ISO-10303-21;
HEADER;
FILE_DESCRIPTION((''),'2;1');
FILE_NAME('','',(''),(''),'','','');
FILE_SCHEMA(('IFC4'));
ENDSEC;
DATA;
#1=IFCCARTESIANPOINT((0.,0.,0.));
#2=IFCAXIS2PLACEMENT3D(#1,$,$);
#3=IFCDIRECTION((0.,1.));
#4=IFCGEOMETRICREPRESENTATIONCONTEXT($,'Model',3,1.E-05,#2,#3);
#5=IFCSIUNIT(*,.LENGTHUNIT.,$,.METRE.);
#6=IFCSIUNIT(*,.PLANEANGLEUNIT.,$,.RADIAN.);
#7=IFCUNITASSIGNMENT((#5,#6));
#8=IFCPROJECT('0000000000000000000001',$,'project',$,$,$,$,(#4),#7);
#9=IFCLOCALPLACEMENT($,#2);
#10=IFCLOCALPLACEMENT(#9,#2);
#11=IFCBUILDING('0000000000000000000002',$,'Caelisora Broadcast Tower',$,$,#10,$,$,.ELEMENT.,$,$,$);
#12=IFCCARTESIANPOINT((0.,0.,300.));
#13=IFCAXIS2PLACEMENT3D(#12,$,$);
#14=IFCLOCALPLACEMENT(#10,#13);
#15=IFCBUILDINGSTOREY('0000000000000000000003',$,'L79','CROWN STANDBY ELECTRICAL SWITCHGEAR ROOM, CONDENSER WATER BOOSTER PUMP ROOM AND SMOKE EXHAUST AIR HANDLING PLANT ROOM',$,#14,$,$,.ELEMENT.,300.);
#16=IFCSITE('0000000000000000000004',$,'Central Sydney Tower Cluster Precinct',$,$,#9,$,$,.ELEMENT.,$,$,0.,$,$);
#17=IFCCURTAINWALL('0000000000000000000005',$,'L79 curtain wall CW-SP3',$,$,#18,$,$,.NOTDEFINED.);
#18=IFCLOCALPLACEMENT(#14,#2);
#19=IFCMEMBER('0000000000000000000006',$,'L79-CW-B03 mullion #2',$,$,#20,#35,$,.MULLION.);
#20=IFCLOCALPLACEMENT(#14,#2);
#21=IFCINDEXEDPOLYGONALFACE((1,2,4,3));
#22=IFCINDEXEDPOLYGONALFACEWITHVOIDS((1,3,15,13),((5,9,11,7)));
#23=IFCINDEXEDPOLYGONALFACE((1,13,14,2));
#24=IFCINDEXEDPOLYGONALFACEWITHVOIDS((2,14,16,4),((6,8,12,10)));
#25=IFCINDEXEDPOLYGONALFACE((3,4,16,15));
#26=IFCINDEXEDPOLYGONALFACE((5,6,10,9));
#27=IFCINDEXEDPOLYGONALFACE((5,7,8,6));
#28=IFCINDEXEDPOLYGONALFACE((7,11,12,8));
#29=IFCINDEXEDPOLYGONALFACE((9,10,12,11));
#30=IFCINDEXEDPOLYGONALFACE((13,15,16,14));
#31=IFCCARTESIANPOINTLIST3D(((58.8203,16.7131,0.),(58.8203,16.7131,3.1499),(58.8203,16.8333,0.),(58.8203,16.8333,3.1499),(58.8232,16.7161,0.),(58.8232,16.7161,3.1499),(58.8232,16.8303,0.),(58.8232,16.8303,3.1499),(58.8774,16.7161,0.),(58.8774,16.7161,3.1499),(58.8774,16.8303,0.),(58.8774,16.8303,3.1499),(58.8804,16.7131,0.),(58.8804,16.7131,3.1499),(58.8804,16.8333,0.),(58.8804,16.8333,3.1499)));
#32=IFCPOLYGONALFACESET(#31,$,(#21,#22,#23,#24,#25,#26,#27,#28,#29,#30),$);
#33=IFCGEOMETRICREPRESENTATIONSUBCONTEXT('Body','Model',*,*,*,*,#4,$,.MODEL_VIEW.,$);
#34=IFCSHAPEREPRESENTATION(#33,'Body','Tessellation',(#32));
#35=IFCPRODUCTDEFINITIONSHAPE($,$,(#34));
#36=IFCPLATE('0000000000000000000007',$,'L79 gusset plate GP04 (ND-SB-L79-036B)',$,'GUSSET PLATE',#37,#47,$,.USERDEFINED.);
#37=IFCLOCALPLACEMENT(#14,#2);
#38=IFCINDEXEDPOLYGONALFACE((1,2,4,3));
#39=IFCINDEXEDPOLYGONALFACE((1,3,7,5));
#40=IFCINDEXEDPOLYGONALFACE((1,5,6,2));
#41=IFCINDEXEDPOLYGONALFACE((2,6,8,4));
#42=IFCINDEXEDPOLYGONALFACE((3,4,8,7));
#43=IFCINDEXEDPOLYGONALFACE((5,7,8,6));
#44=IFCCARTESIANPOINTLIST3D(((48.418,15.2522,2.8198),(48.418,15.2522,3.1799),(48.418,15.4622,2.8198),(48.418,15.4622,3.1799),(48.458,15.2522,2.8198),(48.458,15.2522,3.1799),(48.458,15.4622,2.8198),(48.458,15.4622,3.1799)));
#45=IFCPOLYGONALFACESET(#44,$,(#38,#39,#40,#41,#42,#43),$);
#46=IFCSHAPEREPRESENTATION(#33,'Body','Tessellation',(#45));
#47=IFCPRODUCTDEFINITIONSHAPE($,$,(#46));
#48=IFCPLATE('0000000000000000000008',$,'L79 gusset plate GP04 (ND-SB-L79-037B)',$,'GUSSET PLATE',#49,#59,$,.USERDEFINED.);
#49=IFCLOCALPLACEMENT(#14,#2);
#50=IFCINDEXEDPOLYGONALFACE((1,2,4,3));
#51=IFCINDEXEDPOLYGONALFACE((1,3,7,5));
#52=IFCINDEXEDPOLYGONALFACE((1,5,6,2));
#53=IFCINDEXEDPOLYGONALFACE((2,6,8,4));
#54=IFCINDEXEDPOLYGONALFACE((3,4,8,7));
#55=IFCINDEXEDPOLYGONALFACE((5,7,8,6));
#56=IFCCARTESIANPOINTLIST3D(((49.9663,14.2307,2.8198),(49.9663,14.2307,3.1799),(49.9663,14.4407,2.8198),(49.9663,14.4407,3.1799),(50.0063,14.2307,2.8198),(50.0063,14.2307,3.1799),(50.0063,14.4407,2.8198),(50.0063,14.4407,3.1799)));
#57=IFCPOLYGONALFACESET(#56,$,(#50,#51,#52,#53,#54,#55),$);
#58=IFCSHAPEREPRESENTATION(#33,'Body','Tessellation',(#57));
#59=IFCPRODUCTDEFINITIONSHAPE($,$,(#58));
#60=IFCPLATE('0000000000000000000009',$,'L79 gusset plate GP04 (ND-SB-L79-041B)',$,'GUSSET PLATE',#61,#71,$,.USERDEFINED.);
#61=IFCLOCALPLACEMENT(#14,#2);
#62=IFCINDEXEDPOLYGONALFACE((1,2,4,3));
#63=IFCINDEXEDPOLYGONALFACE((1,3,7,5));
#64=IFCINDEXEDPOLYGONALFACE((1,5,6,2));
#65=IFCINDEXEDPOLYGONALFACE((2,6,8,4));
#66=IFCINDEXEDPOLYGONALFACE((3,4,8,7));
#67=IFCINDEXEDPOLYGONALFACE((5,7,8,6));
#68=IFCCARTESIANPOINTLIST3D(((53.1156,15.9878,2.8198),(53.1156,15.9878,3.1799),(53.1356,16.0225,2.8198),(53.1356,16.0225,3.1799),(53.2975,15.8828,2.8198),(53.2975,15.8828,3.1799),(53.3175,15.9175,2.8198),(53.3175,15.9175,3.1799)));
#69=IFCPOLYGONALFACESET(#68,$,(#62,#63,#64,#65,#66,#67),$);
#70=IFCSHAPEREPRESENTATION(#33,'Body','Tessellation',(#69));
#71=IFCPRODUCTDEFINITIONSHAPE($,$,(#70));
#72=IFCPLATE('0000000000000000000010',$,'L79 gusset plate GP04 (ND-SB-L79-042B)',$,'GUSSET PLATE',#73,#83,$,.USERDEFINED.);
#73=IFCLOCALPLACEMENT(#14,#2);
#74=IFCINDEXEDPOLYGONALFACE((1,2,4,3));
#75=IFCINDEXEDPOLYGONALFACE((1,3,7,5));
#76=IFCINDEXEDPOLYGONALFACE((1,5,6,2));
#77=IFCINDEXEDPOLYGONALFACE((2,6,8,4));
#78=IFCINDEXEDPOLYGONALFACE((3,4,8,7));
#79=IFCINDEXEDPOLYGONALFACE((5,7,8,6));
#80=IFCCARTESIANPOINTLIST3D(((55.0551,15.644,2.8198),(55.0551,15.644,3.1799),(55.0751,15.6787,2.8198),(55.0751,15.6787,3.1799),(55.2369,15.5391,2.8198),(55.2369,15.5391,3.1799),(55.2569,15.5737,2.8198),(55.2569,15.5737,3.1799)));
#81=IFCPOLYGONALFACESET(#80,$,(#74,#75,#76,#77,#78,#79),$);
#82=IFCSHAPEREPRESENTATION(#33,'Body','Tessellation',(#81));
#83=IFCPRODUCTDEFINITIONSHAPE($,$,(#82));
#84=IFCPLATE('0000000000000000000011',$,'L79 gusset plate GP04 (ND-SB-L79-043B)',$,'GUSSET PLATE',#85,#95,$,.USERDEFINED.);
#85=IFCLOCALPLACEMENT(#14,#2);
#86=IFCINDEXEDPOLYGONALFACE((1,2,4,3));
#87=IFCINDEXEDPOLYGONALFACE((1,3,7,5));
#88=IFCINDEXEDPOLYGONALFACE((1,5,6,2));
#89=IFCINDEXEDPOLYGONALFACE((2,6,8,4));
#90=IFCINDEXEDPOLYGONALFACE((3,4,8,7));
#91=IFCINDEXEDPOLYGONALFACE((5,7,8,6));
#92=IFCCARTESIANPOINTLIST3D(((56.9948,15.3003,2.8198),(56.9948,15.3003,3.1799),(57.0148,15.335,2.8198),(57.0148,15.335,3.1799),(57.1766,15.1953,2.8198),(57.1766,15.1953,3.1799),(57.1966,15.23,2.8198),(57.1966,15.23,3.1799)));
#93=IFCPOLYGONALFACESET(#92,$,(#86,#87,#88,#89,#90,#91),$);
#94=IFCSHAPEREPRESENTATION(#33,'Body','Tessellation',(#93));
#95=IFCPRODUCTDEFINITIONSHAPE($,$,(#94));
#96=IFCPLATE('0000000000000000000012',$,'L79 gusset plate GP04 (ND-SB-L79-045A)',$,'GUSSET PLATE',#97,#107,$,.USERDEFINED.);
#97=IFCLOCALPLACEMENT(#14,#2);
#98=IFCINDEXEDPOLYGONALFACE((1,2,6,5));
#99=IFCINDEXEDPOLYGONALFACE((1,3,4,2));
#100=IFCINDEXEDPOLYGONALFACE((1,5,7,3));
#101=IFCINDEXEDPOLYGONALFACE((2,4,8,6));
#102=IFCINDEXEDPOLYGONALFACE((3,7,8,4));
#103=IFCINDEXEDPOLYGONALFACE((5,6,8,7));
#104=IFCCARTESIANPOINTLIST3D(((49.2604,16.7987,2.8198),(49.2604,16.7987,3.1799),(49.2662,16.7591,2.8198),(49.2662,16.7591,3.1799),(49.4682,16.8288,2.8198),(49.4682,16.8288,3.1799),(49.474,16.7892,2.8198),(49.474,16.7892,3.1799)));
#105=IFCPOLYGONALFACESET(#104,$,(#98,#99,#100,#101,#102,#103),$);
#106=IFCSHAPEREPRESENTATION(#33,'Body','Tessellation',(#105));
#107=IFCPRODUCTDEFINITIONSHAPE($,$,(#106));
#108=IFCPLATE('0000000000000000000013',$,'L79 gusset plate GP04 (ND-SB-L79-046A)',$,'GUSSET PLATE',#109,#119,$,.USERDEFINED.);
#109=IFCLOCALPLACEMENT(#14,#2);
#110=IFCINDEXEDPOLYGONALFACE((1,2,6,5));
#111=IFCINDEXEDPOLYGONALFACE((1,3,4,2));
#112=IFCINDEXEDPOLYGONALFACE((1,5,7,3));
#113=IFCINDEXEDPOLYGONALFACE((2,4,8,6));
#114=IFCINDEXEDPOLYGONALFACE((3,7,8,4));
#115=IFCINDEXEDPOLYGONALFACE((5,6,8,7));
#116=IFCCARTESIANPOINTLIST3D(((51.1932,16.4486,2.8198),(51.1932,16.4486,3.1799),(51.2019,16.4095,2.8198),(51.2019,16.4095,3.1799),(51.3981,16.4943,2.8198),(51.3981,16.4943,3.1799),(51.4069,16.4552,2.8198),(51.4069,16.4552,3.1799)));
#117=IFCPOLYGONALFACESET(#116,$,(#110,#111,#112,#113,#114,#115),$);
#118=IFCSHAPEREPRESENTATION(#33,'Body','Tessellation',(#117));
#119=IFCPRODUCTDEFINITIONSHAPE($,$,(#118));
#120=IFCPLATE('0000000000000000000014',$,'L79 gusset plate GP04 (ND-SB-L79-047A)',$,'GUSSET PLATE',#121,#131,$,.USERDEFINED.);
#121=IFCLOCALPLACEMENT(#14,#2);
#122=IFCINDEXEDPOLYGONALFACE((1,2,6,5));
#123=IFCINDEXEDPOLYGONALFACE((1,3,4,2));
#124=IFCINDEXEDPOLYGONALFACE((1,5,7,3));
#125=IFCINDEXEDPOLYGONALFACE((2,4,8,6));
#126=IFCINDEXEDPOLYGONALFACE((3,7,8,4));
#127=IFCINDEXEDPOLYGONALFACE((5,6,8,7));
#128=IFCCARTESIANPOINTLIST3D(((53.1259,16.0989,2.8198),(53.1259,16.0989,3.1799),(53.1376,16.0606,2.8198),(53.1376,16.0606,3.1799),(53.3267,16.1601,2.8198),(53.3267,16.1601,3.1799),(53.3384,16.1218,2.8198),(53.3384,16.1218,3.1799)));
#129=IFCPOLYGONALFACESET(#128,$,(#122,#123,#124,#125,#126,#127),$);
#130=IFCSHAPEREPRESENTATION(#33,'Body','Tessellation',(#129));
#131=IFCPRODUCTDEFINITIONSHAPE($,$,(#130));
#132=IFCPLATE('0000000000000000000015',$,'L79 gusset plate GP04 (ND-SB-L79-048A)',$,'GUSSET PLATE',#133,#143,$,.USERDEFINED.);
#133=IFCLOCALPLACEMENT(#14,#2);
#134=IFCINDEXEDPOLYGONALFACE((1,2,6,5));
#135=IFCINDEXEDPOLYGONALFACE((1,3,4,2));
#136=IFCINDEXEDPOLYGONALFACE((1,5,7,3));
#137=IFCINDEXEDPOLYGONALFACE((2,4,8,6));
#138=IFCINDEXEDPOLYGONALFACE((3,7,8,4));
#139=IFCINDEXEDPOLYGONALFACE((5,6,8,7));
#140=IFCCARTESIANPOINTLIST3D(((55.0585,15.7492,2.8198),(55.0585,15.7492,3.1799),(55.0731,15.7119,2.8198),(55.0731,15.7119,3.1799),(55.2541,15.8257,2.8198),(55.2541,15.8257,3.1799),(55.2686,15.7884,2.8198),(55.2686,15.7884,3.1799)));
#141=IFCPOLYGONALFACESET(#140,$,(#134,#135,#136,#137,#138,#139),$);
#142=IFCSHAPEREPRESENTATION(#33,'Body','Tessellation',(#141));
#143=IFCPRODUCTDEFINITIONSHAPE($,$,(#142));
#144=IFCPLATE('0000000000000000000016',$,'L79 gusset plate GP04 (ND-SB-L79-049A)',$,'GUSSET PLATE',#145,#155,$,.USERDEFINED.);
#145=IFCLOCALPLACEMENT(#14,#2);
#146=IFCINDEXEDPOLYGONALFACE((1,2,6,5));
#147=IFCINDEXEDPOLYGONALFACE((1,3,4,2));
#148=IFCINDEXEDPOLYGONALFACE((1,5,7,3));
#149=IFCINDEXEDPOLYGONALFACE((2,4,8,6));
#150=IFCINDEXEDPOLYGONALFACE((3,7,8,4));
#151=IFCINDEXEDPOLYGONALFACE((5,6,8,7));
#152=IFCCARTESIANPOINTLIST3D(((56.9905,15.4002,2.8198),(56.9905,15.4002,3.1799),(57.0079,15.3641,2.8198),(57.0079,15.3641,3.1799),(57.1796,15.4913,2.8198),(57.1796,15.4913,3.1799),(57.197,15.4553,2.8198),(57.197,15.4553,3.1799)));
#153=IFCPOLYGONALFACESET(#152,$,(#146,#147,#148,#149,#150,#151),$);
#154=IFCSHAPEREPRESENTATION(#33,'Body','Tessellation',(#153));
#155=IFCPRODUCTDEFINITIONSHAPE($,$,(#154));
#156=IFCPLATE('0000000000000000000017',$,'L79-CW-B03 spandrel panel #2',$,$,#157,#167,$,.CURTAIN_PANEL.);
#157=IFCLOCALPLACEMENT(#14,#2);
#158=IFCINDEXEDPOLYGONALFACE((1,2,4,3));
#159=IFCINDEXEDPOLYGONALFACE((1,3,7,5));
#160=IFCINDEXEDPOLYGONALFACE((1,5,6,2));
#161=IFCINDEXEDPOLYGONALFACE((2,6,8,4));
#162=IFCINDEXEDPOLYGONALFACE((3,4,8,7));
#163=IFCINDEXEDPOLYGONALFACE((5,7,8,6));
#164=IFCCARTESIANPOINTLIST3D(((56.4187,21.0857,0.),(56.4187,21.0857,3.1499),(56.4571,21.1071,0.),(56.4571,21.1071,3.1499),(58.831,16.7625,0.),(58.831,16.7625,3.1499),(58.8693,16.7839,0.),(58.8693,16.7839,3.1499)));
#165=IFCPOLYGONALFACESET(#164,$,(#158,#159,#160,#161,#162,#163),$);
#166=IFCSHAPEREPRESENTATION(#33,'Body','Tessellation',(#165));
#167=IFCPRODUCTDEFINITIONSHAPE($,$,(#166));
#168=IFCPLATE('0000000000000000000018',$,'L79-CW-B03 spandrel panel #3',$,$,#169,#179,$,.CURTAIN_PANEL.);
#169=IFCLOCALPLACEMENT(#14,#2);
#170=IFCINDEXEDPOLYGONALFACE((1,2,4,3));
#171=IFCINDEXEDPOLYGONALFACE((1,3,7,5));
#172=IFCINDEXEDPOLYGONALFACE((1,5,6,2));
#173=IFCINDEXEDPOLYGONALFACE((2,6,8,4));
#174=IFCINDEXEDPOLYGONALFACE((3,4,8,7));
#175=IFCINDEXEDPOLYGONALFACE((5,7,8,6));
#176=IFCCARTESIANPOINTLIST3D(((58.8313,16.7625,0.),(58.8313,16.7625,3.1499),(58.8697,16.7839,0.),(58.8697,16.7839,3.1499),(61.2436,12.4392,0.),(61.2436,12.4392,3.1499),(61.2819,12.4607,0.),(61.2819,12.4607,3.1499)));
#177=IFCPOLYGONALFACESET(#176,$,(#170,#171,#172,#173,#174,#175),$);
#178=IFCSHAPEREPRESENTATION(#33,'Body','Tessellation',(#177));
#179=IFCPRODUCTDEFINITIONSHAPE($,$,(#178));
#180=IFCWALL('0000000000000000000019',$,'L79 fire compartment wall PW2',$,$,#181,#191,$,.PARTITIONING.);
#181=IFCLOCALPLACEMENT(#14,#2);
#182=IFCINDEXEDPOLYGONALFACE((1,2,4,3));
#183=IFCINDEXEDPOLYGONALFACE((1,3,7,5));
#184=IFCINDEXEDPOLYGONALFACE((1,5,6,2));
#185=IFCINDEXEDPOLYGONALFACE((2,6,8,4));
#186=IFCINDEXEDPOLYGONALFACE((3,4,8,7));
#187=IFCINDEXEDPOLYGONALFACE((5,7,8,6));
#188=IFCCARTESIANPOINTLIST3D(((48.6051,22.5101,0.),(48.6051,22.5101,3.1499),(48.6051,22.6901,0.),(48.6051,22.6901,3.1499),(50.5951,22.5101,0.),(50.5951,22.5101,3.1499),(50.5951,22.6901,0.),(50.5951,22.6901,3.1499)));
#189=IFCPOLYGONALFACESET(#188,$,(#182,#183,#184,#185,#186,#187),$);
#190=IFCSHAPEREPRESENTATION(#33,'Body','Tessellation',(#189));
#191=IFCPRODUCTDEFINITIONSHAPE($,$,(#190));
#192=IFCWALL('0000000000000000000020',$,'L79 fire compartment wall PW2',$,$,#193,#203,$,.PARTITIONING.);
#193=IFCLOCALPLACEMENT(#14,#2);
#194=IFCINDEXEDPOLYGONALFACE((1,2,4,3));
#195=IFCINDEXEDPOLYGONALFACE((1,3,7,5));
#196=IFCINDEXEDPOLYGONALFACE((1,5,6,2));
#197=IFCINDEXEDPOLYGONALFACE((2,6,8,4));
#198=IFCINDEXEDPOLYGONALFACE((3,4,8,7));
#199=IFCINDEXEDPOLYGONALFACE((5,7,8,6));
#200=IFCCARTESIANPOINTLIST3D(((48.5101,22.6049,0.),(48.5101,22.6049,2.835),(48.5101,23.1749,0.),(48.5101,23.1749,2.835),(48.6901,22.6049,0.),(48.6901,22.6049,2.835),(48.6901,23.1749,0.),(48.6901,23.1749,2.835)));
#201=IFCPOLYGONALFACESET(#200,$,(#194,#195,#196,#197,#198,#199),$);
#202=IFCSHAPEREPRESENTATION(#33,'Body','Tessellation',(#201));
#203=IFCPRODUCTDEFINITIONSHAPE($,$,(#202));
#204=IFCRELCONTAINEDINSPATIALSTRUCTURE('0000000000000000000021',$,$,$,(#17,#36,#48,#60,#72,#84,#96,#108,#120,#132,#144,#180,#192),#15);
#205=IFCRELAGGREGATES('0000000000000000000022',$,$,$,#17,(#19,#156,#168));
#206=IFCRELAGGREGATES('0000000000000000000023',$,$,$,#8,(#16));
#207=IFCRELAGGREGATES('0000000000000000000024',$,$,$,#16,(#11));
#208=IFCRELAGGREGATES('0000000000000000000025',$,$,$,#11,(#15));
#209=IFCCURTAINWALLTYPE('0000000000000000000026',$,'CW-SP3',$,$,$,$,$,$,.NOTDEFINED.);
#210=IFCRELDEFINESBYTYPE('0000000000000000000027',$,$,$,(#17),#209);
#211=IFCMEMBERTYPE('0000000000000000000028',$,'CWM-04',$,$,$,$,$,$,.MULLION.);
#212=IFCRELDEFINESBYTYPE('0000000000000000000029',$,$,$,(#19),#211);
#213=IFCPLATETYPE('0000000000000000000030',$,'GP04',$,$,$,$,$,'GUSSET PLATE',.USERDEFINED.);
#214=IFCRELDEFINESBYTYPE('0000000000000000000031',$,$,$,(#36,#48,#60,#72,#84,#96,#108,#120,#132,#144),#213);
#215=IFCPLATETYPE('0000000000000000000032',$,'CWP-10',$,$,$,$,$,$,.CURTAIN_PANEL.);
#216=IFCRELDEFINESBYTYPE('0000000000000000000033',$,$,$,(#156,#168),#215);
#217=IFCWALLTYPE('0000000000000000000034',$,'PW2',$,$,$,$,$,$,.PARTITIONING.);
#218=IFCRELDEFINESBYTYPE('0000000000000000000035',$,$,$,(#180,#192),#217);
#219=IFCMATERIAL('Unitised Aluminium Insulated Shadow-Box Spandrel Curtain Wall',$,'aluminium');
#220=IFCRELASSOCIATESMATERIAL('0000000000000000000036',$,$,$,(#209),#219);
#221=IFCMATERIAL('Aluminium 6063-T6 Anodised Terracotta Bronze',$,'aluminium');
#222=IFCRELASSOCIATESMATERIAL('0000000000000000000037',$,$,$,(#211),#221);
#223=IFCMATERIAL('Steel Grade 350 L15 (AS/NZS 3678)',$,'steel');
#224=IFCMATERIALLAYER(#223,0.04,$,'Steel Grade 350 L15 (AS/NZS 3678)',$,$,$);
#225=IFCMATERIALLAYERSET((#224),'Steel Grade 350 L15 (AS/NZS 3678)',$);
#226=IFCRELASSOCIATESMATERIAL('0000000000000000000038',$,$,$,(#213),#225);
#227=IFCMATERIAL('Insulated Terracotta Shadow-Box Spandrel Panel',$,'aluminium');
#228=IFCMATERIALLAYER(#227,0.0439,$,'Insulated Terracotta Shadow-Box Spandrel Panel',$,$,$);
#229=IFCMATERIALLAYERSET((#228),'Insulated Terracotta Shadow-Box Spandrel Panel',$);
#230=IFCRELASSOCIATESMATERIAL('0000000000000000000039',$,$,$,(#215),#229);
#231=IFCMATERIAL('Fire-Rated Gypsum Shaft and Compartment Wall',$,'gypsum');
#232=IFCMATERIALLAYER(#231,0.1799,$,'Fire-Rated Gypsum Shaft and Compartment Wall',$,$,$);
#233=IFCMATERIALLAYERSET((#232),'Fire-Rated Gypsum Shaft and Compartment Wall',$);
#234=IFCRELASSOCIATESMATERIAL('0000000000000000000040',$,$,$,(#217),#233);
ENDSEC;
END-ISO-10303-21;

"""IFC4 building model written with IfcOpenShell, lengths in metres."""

from ifc_helpers import new_model, si_unit, direction, frame, frame_2d, origin, origin_2d, place, context, subcontext, project, spatial, rectangle, hollow_rectangle, extrude, source, transform, mapped, material, layer, layer_set, material_profile, profile_set, type_object, type_shapes, element, aggregate, save


model = new_model("IFC4")

# Units and contexts
model_context = context("Model", 3, precision=1e-05, world=origin(), true_north=direction((0.0, 1.0)))
body_context = subcontext(model_context, "Body", "Model", "MODEL_VIEW")
ifc_project = project(units=[si_unit("LENGTHUNIT", "METRE"), si_unit("PLANEANGLEUNIT", "RADIAN")], contexts=[model_context])

# Site, building, storey
site_placement = place(None, origin())
site = spatial("IfcSite", under=ifc_project, at=site_placement, Name="Central Sydney Tower Cluster Precinct", CompositionType="ELEMENT", RefElevation=0.0)
building_placement = place(site_placement, origin())
building = spatial("IfcBuilding", under=site, at=building_placement, Name="Caelisora Broadcast Tower", CompositionType="ELEMENT")
storey_placement = place(building_placement, frame((0.0, 0.0, 300.0)))
storey = spatial("IfcBuildingStorey", under=building, at=storey_placement, Name="L79", Description="CROWN STANDBY ELECTRICAL SWITCHGEAR ROOM, CONDENSER WATER BOOSTER PUMP ROOM AND SMOKE EXHAUST AIR HANDLING PLANT ROOM", CompositionType="ELEMENT", Elevation=300.0)

# Curtain wall, member
ifc_material_1 = material(Name="Unitised Aluminium Insulated Shadow-Box Spandrel Curtain Wall", Category="aluminium")
curtain_wall_type = type_object("IfcCurtainWallType", Name="CW-SP3", PredefinedType="NOTDEFINED", material=ifc_material_1)
curtain_wall_placement = place(storey_placement, origin())
curtain_wall = element("IfcCurtainWall", 1, at=curtain_wall_placement, inside=storey, type_object=curtain_wall_type, Name="L79 curtain wall CW-SP3", PredefinedType="NOTDEFINED")
ifc_material_2 = material(Name="Aluminium 6063-T6 Anodised Terracotta Bronze", Category="aluminium")
ifc_material_profile_1 = material_profile(ifc_material_2, hollow_rectangle(XDim=0.0601, YDim=0.1201, WallThickness=0.0029, at=origin_2d()), Name="Aluminium 6063-T6 Anodised Terracotta Bronze")
ifc_profile_set_1 = profile_set([ifc_material_profile_1], Name="Aluminium 6063-T6 Anodised Terracotta Bronze")
member_type = type_object("IfcMemberType", Name="CWM-04", PredefinedType="MULLION", material=ifc_profile_set_1)
shared_shape_1 = source(origin(), body_context, "Body", "SweptSolid", [
    extrude(hollow_rectangle(XDim=0.0601, YDim=0.1201, WallThickness=0.0029, at=origin_2d()), origin(), (0.0, 0.0, 1.0), 3.1499),
])
type_shapes(member_type, [shared_shape_1])
member_1_placement = place(storey_placement, frame((58.8503, 16.7732, 0.0), z_axis=(0.0, 0.0, 1.0), x_axis=(1.0, 0.0, 0.0)))
member_1 = element("IfcMember", 2, at=member_1_placement, type_object=member_type, Name="L79-CW-B03 mullion #2", PredefinedType="MULLION", context=body_context, shape_type="MappedRepresentation", body=[
    mapped(shared_shape_1, transform((0.0, 0.0, 0.0), scale=1.0)),
])

# Plates
ifc_material_3 = material(Name="Steel Grade 350 L15 (AS/NZS 3678)", Category="steel")
ifc_layer_1 = layer(ifc_material_3, 0.04, Name="Steel Grade 350 L15 (AS/NZS 3678)")
ifc_layer_set_1 = layer_set([ifc_layer_1], Name="Steel Grade 350 L15 (AS/NZS 3678)")
plate_type_1 = type_object("IfcPlateType", Name="GP04", ElementType="GUSSET PLATE", PredefinedType="USERDEFINED", material=ifc_layer_set_1)
shared_shape_2 = source(origin(), body_context, "Body", "SweptSolid", [
    extrude(rectangle(XDim=0.21, YDim=0.04, at=origin_2d()), origin(), (0.0, 0.0, 1.0), 0.3601),
])
type_shapes(plate_type_1, [shared_shape_2])
for number, where, z_axis, x_axis, name in (
    (3, (48.438, 15.3572, 2.8198), (0.0, 0.0, 1.0), (0.0, 1.0, 0.0), "L79 gusset plate GP04 (ND-SB-L79-036B)"),
    (4, (49.9863, 14.3357, 2.8198), (0.0, 0.0, 1.0), (0.0, 1.0, 0.0), "L79 gusset plate GP04 (ND-SB-L79-037B)"),
    (5, (53.2166, 15.9526, 2.8198), (0.0, 0.0, 1.0), (-0.866025, 0.5, 0.0), "L79 gusset plate GP04 (ND-SB-L79-041B)"),
    (6, (55.156, 15.6089, 2.8198), (0.0, 0.0, 1.0), (-0.866025, 0.5, 0.0), "L79 gusset plate GP04 (ND-SB-L79-042B)"),
    (7, (57.0957, 15.2651, 2.8198), (0.0, 0.0, 1.0), (-0.866025, 0.5, 0.0), "L79 gusset plate GP04 (ND-SB-L79-043B)"),
    (8, (49.3672, 16.7939, 2.8198), (0.0, 0.0, 1.0), (-0.989626, -0.143665, 0.0), "L79 gusset plate GP04 (ND-SB-L79-045A)"),
    (9, (51.3, 16.4519, 2.8198), (0.0, 0.0, 1.0), (-0.975993, -0.217803, 0.0), "L79 gusset plate GP04 (ND-SB-L79-046A)"),
    (10, (53.2322, 16.1104, 2.8198), (0.0, 0.0, 1.0), (-0.956458, -0.291871, 0.0), "L79 gusset plate GP04 (ND-SB-L79-047A)"),
    (11, (55.1636, 15.7688, 2.8198), (0.0, 0.0, 1.0), (-0.93131, -0.364227, 0.0), "L79 gusset plate GP04 (ND-SB-L79-048A)"),
    (12, (57.0938, 15.4277, 2.8198), (0.0, 0.0, 1.0), (-0.900926, -0.433974, 0.0), "L79 gusset plate GP04 (ND-SB-L79-049A)"),
):
    element("IfcPlate", number, at=place(storey_placement, frame(where, z_axis=z_axis, x_axis=x_axis)), inside=storey, type_object=plate_type_1, Name=name, ObjectType="GUSSET PLATE", PredefinedType="USERDEFINED", context=body_context, shape_type="MappedRepresentation", body=[
        mapped(shared_shape_2, transform((0.0, 0.0, 0.0), scale=1.0)),
    ])

# Plates
ifc_material_4 = material(Name="Insulated Terracotta Shadow-Box Spandrel Panel", Category="aluminium")
ifc_layer_2 = layer(ifc_material_4, 0.0439, Name="Insulated Terracotta Shadow-Box Spandrel Panel")
ifc_layer_set_2 = layer_set([ifc_layer_2], Name="Insulated Terracotta Shadow-Box Spandrel Panel")
plate_type_2 = type_object("IfcPlateType", Name="CWP-10", PredefinedType="CURTAIN_PANEL", material=ifc_layer_set_2)
shared_shape_3 = source(origin(), body_context, "Body", "SweptSolid", [
    extrude(rectangle(XDim=4.9507, YDim=0.0439, at=origin_2d()), origin(), (0.0, 0.0, 1.0), 3.1499),
])
type_shapes(plate_type_2, [shared_shape_3])
plate_1_placement = place(storey_placement, frame((57.644, 18.9348, 0.0), z_axis=(0.0, 0.0, 1.0), x_axis=(0.48725, -0.873262, 0.0)))
plate_1 = element("IfcPlate", 13, at=plate_1_placement, type_object=plate_type_2, Name="L79-CW-B03 spandrel panel #2", PredefinedType="CURTAIN_PANEL", context=body_context, shape_type="MappedRepresentation", body=[
    mapped(shared_shape_3, transform((0.0, 0.0, 0.0), scale=1.0)),
])
plate_2_placement = place(storey_placement, frame((60.0566, 14.6116, 0.0), z_axis=(0.0, 0.0, 1.0), x_axis=(0.48725, -0.873262, 0.0)))
plate_2 = element("IfcPlate", 14, at=plate_2_placement, type_object=plate_type_2, Name="L79-CW-B03 spandrel panel #3", PredefinedType="CURTAIN_PANEL", context=body_context, shape_type="MappedRepresentation", body=[
    mapped(shared_shape_3, transform((0.0, 0.0, 0.0), scale=1.0)),
])
aggregate(curtain_wall, [member_1, plate_1, plate_2])

# Shared definitions
ifc_material_5 = material(Name="Fire-Rated Gypsum Shaft and Compartment Wall", Category="gypsum")
ifc_layer_3 = layer(ifc_material_5, 0.1799, Name="Fire-Rated Gypsum Shaft and Compartment Wall")
ifc_layer_set_3 = layer_set([ifc_layer_3], Name="Fire-Rated Gypsum Shaft and Compartment Wall")
wall_type = type_object("IfcWallType", Name="PW2", PredefinedType="PARTITIONING", material=ifc_layer_set_3)

# Walls
wall_1_placement = place(storey_placement, frame((48.605, 22.6001, 0.0), z_axis=(0.0, 0.0, 1.0), x_axis=(1.0, 0.0, 0.0)))
element("IfcWall", 15, at=wall_1_placement, inside=storey, type_object=wall_type, Name="L79 fire compartment wall PW2", PredefinedType="PARTITIONING", context=body_context, shape_type="SweptSolid", body=[
    extrude(rectangle(XDim=1.99, YDim=0.1799, at=frame_2d((0.9951, 0.0))), origin(), (0.0, 0.0, 1.0), 3.1499),
])
wall_2_placement = place(storey_placement, frame((48.6001, 23.175, 0.0), z_axis=(0.0, 0.0, 1.0), x_axis=(0.0, -1.0, 0.0)))
element("IfcWall", 16, at=wall_2_placement, inside=storey, type_object=wall_type, Name="L79 fire compartment wall PW2", PredefinedType="PARTITIONING", context=body_context, shape_type="SweptSolid", body=[
    extrude(rectangle(XDim=0.5701, YDim=0.1799, at=frame_2d((0.2852, 0.0))), origin(), (0.0, 0.0, 1.0), 2.835),
])

save(model, "model.ifc")
